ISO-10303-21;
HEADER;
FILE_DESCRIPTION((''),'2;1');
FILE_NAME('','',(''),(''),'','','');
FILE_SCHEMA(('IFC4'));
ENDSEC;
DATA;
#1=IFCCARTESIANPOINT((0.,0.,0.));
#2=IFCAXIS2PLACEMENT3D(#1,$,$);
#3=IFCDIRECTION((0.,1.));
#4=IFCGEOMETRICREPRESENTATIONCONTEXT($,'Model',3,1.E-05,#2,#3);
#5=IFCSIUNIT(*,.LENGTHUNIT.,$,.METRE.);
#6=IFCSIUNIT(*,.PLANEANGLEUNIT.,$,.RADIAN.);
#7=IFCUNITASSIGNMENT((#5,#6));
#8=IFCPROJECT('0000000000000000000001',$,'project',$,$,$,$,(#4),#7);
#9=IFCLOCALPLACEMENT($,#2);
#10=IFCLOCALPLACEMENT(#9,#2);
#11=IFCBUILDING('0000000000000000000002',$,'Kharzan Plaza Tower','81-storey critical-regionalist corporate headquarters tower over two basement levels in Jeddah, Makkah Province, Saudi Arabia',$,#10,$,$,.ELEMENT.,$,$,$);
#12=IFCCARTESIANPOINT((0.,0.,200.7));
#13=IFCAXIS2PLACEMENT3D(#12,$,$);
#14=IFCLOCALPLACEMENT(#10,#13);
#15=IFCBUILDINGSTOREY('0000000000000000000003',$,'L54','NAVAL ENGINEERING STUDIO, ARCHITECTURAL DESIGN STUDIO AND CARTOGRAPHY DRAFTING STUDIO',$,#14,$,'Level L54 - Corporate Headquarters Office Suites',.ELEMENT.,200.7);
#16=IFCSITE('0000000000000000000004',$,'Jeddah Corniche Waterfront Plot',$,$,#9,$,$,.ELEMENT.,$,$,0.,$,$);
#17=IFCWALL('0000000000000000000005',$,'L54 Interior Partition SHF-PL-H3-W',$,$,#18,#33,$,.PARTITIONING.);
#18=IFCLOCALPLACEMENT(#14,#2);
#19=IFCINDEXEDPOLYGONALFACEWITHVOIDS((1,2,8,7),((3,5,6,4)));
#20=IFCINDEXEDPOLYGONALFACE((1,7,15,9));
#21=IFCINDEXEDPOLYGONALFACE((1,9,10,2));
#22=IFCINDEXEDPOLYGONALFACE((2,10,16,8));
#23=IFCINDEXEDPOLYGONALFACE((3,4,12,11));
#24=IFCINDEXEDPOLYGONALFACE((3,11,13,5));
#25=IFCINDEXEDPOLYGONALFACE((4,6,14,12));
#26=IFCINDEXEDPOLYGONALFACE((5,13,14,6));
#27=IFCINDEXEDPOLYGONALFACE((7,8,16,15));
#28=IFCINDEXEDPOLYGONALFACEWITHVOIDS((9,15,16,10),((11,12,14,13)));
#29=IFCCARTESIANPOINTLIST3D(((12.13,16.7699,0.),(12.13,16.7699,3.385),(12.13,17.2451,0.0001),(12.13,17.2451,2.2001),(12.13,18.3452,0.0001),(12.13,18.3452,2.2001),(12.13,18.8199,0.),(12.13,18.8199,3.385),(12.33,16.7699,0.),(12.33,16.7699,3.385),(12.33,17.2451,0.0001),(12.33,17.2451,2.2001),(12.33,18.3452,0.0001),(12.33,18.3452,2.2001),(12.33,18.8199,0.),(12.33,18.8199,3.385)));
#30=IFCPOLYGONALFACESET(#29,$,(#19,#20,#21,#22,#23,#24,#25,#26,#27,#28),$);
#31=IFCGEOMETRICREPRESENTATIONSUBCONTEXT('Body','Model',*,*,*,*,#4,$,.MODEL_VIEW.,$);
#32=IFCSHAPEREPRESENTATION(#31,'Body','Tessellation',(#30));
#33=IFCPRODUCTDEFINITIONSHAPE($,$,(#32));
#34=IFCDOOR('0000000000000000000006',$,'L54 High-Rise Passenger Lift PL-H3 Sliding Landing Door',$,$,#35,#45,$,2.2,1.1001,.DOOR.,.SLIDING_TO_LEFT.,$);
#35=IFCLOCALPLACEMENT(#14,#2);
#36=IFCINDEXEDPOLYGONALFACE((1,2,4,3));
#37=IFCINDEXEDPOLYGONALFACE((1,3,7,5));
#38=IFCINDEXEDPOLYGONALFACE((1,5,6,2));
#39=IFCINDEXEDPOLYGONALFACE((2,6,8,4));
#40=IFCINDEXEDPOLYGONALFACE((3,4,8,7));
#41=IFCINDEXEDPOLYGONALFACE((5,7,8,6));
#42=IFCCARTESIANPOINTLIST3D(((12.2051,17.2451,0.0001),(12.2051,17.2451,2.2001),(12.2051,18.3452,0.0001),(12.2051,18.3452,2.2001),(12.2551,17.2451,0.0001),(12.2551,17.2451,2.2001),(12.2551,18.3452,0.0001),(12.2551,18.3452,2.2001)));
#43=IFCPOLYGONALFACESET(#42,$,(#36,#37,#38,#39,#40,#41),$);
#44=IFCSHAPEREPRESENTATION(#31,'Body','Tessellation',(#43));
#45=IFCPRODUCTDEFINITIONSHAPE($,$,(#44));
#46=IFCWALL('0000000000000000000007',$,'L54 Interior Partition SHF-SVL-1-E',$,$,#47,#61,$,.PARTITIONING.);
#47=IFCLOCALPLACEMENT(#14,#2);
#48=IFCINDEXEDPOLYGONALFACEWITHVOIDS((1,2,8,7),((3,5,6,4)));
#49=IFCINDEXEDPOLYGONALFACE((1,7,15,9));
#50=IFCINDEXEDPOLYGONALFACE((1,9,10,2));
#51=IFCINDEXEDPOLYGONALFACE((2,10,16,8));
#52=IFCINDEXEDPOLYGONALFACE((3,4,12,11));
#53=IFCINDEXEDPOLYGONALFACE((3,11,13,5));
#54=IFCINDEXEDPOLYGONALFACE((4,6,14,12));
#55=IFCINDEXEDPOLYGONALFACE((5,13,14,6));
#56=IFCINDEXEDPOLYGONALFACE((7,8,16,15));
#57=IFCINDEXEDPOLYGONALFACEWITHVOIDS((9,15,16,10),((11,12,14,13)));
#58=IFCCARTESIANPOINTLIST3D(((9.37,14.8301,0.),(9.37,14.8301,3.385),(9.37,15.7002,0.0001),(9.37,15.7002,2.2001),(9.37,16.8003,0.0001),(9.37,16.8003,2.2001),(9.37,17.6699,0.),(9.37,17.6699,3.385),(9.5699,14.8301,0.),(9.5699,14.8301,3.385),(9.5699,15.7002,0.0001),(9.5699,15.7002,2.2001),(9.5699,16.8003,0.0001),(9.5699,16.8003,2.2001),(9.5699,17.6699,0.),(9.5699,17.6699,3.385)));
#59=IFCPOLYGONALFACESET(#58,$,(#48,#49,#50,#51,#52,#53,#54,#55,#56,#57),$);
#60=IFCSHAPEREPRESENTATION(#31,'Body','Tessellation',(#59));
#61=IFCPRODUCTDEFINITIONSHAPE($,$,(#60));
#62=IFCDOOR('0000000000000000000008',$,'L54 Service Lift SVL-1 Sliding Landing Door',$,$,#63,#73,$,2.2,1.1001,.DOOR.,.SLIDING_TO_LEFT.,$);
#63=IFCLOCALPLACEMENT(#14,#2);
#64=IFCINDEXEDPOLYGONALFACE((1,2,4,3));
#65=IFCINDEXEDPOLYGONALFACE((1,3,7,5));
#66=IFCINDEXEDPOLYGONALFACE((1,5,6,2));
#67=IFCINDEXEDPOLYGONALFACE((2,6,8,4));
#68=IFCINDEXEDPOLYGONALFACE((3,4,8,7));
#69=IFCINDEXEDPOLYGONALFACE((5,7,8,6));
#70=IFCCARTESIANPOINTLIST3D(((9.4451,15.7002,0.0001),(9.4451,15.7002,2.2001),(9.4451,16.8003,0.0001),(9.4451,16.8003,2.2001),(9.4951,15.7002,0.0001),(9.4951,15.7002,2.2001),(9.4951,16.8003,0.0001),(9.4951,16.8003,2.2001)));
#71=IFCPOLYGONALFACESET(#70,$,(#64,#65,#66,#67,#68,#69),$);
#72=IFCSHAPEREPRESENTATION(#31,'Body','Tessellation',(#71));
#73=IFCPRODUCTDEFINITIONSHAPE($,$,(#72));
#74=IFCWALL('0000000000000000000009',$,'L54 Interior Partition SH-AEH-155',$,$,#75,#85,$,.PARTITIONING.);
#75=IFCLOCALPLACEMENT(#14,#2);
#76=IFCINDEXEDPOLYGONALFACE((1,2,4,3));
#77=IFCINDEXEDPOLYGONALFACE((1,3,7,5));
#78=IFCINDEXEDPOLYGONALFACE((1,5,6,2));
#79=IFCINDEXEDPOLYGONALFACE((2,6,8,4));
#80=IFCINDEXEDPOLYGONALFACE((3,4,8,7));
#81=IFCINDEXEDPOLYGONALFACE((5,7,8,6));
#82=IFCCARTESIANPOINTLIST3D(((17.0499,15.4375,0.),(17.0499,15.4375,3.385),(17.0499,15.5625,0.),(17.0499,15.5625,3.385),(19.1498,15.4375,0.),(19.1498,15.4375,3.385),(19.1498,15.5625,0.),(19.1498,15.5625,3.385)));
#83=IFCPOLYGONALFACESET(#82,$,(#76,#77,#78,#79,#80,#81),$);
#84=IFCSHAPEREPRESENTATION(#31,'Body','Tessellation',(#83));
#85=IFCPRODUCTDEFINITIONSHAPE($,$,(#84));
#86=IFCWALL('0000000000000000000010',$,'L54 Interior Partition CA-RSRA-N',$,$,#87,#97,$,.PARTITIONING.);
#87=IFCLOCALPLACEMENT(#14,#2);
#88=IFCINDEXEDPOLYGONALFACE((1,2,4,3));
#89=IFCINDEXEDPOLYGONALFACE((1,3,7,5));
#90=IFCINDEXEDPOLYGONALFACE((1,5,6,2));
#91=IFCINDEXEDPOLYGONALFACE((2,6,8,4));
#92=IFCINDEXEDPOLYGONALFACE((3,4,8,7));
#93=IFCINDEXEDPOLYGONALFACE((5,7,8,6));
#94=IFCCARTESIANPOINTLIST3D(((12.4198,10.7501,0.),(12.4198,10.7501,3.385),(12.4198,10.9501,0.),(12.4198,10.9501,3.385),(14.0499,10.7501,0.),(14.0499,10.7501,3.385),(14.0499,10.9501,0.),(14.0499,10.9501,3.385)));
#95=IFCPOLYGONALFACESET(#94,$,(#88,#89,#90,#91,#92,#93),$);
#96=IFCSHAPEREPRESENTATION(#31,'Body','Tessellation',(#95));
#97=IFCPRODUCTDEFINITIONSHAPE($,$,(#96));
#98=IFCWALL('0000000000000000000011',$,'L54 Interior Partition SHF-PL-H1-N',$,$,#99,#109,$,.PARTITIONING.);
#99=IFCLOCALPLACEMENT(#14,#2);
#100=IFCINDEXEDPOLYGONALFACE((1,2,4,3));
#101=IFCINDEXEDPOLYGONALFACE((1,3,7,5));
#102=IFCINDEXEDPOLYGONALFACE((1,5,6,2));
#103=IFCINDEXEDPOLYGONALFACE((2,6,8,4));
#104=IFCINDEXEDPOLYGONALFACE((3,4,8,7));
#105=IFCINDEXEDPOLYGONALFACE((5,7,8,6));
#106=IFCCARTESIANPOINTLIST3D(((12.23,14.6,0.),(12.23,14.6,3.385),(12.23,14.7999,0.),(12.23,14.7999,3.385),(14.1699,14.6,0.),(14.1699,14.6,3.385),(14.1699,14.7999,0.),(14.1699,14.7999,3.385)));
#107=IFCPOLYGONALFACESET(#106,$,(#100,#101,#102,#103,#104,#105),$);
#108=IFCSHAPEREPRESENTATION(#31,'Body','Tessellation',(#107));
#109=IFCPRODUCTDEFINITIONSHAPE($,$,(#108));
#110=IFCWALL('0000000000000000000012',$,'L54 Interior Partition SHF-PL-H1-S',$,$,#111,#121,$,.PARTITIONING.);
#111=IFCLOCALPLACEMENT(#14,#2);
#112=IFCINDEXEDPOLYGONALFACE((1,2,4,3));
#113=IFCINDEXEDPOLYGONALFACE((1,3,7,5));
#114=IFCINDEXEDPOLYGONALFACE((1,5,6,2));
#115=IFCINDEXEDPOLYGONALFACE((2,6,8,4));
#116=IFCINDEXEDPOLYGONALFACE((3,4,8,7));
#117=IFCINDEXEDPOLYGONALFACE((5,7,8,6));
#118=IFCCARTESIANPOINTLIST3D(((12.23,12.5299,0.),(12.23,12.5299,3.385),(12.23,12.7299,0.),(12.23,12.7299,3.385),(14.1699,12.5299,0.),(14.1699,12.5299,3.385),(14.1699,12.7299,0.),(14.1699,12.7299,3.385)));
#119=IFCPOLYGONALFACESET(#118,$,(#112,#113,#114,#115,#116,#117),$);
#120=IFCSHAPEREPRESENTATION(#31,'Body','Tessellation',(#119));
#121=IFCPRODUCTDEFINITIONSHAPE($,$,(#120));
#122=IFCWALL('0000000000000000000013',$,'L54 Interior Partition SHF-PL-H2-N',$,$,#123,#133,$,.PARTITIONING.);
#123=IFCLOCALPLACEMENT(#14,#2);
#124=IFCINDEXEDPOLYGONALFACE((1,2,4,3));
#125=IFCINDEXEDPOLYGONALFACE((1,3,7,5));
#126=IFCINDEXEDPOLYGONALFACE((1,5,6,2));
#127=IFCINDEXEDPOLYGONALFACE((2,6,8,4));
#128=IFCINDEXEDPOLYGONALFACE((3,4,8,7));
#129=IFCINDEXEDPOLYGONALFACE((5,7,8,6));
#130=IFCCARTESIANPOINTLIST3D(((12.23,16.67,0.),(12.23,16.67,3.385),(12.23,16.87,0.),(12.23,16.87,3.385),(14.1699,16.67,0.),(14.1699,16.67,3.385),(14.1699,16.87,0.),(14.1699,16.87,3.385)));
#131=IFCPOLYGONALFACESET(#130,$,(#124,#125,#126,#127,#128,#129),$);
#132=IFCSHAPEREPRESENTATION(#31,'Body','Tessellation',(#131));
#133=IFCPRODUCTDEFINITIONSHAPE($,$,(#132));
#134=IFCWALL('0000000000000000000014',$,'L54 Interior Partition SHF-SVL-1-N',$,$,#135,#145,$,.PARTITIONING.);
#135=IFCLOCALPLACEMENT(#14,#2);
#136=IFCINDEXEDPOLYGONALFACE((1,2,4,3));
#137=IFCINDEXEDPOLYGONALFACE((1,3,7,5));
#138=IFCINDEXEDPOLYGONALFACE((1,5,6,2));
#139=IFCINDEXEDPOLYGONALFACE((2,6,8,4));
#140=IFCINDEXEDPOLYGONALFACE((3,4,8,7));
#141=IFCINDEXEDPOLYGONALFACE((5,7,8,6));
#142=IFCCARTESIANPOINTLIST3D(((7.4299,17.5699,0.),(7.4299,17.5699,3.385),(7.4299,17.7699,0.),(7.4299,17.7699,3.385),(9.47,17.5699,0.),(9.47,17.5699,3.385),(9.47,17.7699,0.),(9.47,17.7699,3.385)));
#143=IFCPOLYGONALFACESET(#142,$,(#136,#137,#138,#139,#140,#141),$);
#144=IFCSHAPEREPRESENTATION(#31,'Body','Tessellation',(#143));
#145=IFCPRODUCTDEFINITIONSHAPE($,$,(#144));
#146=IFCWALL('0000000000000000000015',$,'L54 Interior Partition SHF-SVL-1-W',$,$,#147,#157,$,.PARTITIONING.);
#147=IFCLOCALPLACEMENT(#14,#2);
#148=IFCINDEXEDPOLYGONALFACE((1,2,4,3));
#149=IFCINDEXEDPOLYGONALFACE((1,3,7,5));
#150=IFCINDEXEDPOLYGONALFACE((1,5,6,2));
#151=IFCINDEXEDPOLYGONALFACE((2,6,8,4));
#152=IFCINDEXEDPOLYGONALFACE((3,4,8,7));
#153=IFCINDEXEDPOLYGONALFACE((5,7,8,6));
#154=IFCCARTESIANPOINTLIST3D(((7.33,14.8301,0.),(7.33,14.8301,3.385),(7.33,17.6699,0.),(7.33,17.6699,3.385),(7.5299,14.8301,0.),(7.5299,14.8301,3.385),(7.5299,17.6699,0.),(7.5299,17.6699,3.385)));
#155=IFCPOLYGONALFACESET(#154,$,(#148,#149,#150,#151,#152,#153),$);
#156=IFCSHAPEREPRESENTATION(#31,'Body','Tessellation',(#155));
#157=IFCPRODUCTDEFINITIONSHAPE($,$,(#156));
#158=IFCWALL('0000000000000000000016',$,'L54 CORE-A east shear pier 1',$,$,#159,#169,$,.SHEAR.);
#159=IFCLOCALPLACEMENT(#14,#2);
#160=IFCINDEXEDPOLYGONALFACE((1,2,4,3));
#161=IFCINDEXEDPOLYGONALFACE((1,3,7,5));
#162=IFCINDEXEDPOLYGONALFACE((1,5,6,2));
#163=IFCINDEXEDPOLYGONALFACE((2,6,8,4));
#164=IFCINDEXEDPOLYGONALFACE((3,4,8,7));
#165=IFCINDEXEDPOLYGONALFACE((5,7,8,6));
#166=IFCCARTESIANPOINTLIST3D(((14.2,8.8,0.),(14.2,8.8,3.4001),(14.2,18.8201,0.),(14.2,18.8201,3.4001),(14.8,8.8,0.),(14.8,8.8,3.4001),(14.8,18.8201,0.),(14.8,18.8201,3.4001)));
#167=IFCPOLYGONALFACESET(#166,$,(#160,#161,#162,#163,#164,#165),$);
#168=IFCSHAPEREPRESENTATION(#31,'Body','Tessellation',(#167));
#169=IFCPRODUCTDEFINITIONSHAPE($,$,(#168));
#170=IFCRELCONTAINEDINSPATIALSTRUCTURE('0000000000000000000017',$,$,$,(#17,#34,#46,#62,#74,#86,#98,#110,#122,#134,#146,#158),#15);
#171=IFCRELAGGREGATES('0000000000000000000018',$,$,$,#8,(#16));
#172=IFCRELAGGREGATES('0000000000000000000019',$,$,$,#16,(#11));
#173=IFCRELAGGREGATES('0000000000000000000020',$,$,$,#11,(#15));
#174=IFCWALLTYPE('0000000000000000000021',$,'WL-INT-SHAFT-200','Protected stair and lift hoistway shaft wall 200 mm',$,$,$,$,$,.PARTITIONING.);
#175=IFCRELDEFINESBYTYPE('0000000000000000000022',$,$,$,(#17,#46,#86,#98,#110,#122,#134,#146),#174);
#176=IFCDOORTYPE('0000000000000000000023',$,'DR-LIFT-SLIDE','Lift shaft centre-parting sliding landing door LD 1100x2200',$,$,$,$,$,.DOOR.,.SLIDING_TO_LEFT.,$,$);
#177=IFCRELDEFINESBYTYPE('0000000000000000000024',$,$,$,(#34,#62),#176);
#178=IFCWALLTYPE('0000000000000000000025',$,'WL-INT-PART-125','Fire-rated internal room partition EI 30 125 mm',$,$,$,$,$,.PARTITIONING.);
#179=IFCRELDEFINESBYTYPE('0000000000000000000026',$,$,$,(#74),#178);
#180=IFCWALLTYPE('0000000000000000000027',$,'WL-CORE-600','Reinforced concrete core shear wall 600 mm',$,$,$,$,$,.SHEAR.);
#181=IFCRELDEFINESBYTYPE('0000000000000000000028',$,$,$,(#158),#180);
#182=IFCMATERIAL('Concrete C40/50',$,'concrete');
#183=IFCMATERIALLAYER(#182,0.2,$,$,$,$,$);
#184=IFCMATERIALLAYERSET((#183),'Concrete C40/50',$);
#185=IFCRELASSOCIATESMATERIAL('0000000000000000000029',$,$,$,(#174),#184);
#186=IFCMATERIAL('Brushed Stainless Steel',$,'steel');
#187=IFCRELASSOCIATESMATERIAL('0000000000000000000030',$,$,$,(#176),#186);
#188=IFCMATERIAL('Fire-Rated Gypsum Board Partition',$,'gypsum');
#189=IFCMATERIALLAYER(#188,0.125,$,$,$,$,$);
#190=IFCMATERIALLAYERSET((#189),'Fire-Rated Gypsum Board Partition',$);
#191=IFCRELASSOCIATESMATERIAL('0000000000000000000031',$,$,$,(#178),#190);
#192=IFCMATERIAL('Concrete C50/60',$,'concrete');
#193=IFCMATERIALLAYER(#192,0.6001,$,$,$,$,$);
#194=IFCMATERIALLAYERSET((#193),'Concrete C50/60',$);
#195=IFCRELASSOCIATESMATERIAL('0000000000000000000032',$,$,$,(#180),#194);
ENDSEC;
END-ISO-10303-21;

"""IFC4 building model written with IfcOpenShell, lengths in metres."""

from ifc_helpers import new_model, si_unit, direction, frame, frame_2d, origin, place, context, subcontext, project, spatial, rectangle, extrude, source, transform, mapped, material, layer, layer_set, type_object, element, fill, save


model = new_model("IFC4")

# Units and contexts
model_context = context("Model", 3, precision=1e-05, world=origin(), true_north=direction((0.0, 1.0)))
body_context = subcontext(model_context, "Body", "Model", "MODEL_VIEW")
ifc_project = project(units=[si_unit("LENGTHUNIT", "METRE"), si_unit("PLANEANGLEUNIT", "RADIAN")], contexts=[model_context])

# Site, building, storey
site_placement = place(None, origin())
site = spatial("IfcSite", under=ifc_project, at=site_placement, Name="Jeddah Corniche Waterfront Plot", CompositionType="ELEMENT", RefElevation=0.0)
building_placement = place(site_placement, origin())
building = spatial("IfcBuilding", under=site, at=building_placement, Name="Kharzan Plaza Tower", Description="81-storey critical-regionalist corporate headquarters tower over two basement levels in Jeddah, Makkah Province, Saudi Arabia", CompositionType="ELEMENT")
storey_placement = place(building_placement, frame((0.0, 0.0, 200.7)))
storey = spatial("IfcBuildingStorey", under=building, at=storey_placement, Name="L54", Description="NAVAL ENGINEERING STUDIO, ARCHITECTURAL DESIGN STUDIO AND CARTOGRAPHY DRAFTING STUDIO", LongName="Level L54 - Corporate Headquarters Office Suites", CompositionType="ELEMENT", Elevation=200.7)

# Walls, openings, doors
ifc_material_1 = material(Name="Concrete C40/50", Category="concrete")
ifc_layer_1 = layer(ifc_material_1, 0.2)
ifc_layer_set_1 = layer_set([ifc_layer_1], Name="Concrete C40/50")
wall_type_1 = type_object("IfcWallType", Name="WL-INT-SHAFT-200", Description="Protected stair and lift hoistway shaft wall 200 mm", PredefinedType="PARTITIONING", material=ifc_layer_set_1)
ifc_material_2 = material(Name="Brushed Stainless Steel", Category="steel")
door_type = type_object("IfcDoorType", Name="DR-LIFT-SLIDE", Description="Lift shaft centre-parting sliding landing door LD 1100x2200", OperationType="SLIDING_TO_LEFT", PredefinedType="DOOR", material=ifc_material_2)
shared_shape_1 = source(origin(), body_context, "Body", "SweptSolid", [
    extrude(rectangle(XDim=1.1001, YDim=2.2, at=frame_2d((0.55, 1.1001))), frame((0.0, 0.0249, 0.0), z_axis=(0.0, -1.0, 0.0), x_axis=(1.0, 0.0, 0.0)), (0.0, 0.0, 1.0), 0.05),
])
wall_1_placement = place(storey_placement, frame((12.23, 16.77, 0.0), z_axis=(0.0, 0.0, 1.0), x_axis=(0.0, 1.0, 0.0)))
wall_1 = element("IfcWall", 1, at=wall_1_placement, inside=storey, type_object=wall_type_1, Name="L54 Interior Partition SHF-PL-H3-W", PredefinedType="PARTITIONING", context=body_context, shape_type="SweptSolid", body=[
    extrude(rectangle(XDim=2.05, YDim=0.2, at=frame_2d((1.0249, 0.0))), origin(), (0.0, 0.0, 1.0), 3.385),
])
opening_1_placement = place(wall_1_placement, frame((0.4751, 0.0, 0.0)))
opening_1 = element("IfcOpeningElement", 2, at=opening_1_placement, cuts=wall_1, PredefinedType="OPENING", context=body_context, shape_type="SweptSolid", body=[
    extrude(rectangle(XDim=1.1001, YDim=2.2, at=frame_2d((0.55, 1.1001))), frame((0.0, 0.1099, 0.0), z_axis=(0.0, -1.0, 0.0), x_axis=(1.0, 0.0, 0.0)), (0.0, 0.0, 1.0), 0.22),
])
door_1_placement = place(opening_1_placement, origin())
door_1 = element("IfcDoor", 3, at=door_1_placement, inside=storey, type_object=door_type, Name="L54 High-Rise Passenger Lift PL-H3 Sliding Landing Door", OperationType="SLIDING_TO_LEFT", OverallHeight=2.2, OverallWidth=1.1001, PredefinedType="DOOR", context=body_context, shape_type="MappedRepresentation", body=[
    mapped(shared_shape_1, transform((0.0, 0.0, 0.0), x_axis=(1.0, 0.0, 0.0), y_axis=(0.0, 1.0, 0.0), z_axis=(0.0, 0.0, 1.0))),
])
fill(opening_1, door_1)
wall_2_placement = place(storey_placement, frame((9.47, 14.8301, 0.0), z_axis=(0.0, 0.0, 1.0), x_axis=(0.0, 1.0, 0.0)))
wall_2 = element("IfcWall", 4, at=wall_2_placement, inside=storey, type_object=wall_type_1, Name="L54 Interior Partition SHF-SVL-1-E", PredefinedType="PARTITIONING", context=body_context, shape_type="SweptSolid", body=[
    extrude(rectangle(XDim=2.8398, YDim=0.2, at=frame_2d((1.4199, 0.0))), origin(), (0.0, 0.0, 1.0), 3.385),
])
opening_2_placement = place(wall_2_placement, frame((0.8701, 0.0, 0.0)))
opening_2 = element("IfcOpeningElement", 5, at=opening_2_placement, cuts=wall_2, PredefinedType="OPENING", context=body_context, shape_type="SweptSolid", body=[
    extrude(rectangle(XDim=1.1001, YDim=2.2, at=frame_2d((0.55, 1.1001))), frame((0.0, 0.1099, 0.0), z_axis=(0.0, -1.0, 0.0), x_axis=(1.0, 0.0, 0.0)), (0.0, 0.0, 1.0), 0.22),
])
door_2_placement = place(opening_2_placement, origin())
door_2 = element("IfcDoor", 6, at=door_2_placement, inside=storey, type_object=door_type, Name="L54 Service Lift SVL-1 Sliding Landing Door", OperationType="SLIDING_TO_LEFT", OverallHeight=2.2, OverallWidth=1.1001, PredefinedType="DOOR", context=body_context, shape_type="MappedRepresentation", body=[
    mapped(shared_shape_1, transform((0.0, 0.0, 0.0), x_axis=(1.0, 0.0, 0.0), y_axis=(0.0, 1.0, 0.0), z_axis=(0.0, 0.0, 1.0))),
])
fill(opening_2, door_2)

# Walls
ifc_material_3 = material(Name="Fire-Rated Gypsum Board Partition", Category="gypsum")
ifc_layer_2 = layer(ifc_material_3, 0.125)
ifc_layer_set_2 = layer_set([ifc_layer_2], Name="Fire-Rated Gypsum Board Partition")
wall_type_2 = type_object("IfcWallType", Name="WL-INT-PART-125", Description="Fire-rated internal room partition EI 30 125 mm", PredefinedType="PARTITIONING", material=ifc_layer_set_2)
shared_shape_2 = source(origin(), body_context, "Body", "SweptSolid", [
    extrude(rectangle(XDim=2.0999, YDim=0.125, at=frame_2d((1.0498, 0.0))), origin(), (0.0, 0.0, 1.0), 3.385),
])
wall_3_placement = place(storey_placement, frame((17.05, 15.5, 0.0), z_axis=(0.0, 0.0, 1.0), x_axis=(1.0, 0.0, 0.0)))
element("IfcWall", 7, at=wall_3_placement, inside=storey, type_object=wall_type_2, Name="L54 Interior Partition SH-AEH-155", PredefinedType="PARTITIONING", context=body_context, shape_type="MappedRepresentation", body=[
    mapped(shared_shape_2, transform((0.0, 0.0, 0.0), x_axis=(1.0, 0.0, 0.0), y_axis=(0.0, 1.0, 0.0), z_axis=(0.0, 0.0, 1.0))),
])
shared_shape_3 = source(origin(), body_context, "Body", "SweptSolid", [
    extrude(rectangle(XDim=1.6301, YDim=0.2, at=frame_2d((0.8149, 0.0))), origin(), (0.0, 0.0, 1.0), 3.385),
])
wall_4_placement = place(storey_placement, frame((12.4199, 10.8501, 0.0), z_axis=(0.0, 0.0, 1.0), x_axis=(1.0, 0.0, 0.0)))
element("IfcWall", 8, at=wall_4_placement, inside=storey, type_object=wall_type_1, Name="L54 Interior Partition CA-RSRA-N", PredefinedType="PARTITIONING", context=body_context, shape_type="MappedRepresentation", body=[
    mapped(shared_shape_3, transform((0.0, 0.0, 0.0), x_axis=(1.0, 0.0, 0.0), y_axis=(0.0, 1.0, 0.0), z_axis=(0.0, 0.0, 1.0))),
])
shared_shape_4 = source(origin(), body_context, "Body", "SweptSolid", [
    extrude(rectangle(XDim=1.9399, YDim=0.2, at=frame_2d((0.97, 0.0))), origin(), (0.0, 0.0, 1.0), 3.385),
])
for number, where, z_axis, x_axis, name in (
    (9, (12.23, 14.7, 0.0), (0.0, 0.0, 1.0), (1.0, 0.0, 0.0), "L54 Interior Partition SHF-PL-H1-N"),
    (10, (12.23, 12.6299, 0.0), (0.0, 0.0, 1.0), (1.0, 0.0, 0.0), "L54 Interior Partition SHF-PL-H1-S"),
    (11, (12.23, 16.77, 0.0), (0.0, 0.0, 1.0), (1.0, 0.0, 0.0), "L54 Interior Partition SHF-PL-H2-N"),
):
    element("IfcWall", number, at=place(storey_placement, frame(where, z_axis=z_axis, x_axis=x_axis)), inside=storey, type_object=wall_type_1, Name=name, PredefinedType="PARTITIONING", context=body_context, shape_type="MappedRepresentation", body=[
        mapped(shared_shape_4, transform((0.0, 0.0, 0.0), x_axis=(1.0, 0.0, 0.0), y_axis=(0.0, 1.0, 0.0), z_axis=(0.0, 0.0, 1.0))),
    ])
shared_shape_5 = source(origin(), body_context, "Body", "SweptSolid", [
    extrude(rectangle(XDim=2.04, YDim=0.2, at=frame_2d((1.02, 0.0))), origin(), (0.0, 0.0, 1.0), 3.385),
])
wall_5_placement = place(storey_placement, frame((7.4299, 17.6699, 0.0), z_axis=(0.0, 0.0, 1.0), x_axis=(1.0, 0.0, 0.0)))
element("IfcWall", 12, at=wall_5_placement, inside=storey, type_object=wall_type_1, Name="L54 Interior Partition SHF-SVL-1-N", PredefinedType="PARTITIONING", context=body_context, shape_type="MappedRepresentation", body=[
    mapped(shared_shape_5, transform((0.0, 0.0, 0.0), x_axis=(1.0, 0.0, 0.0), y_axis=(0.0, 1.0, 0.0), z_axis=(0.0, 0.0, 1.0))),
])
shared_shape_6 = source(origin(), body_context, "Body", "SweptSolid", [
    extrude(rectangle(XDim=2.8398, YDim=0.2, at=frame_2d((1.4199, 0.0))), origin(), (0.0, 0.0, 1.0), 3.385),
])
wall_6_placement = place(storey_placement, frame((7.4299, 14.8301, 0.0), z_axis=(0.0, 0.0, 1.0), x_axis=(0.0, 1.0, 0.0)))
element("IfcWall", 13, at=wall_6_placement, inside=storey, type_object=wall_type_1, Name="L54 Interior Partition SHF-SVL-1-W", PredefinedType="PARTITIONING", context=body_context, shape_type="MappedRepresentation", body=[
    mapped(shared_shape_6, transform((0.0, 0.0, 0.0), x_axis=(1.0, 0.0, 0.0), y_axis=(0.0, 1.0, 0.0), z_axis=(0.0, 0.0, 1.0))),
])
ifc_material_4 = material(Name="Concrete C50/60", Category="concrete")
ifc_layer_3 = layer(ifc_material_4, 0.6001)
ifc_layer_set_3 = layer_set([ifc_layer_3], Name="Concrete C50/60")
wall_type_3 = type_object("IfcWallType", Name="WL-CORE-600", Description="Reinforced concrete core shear wall 600 mm", PredefinedType="SHEAR", material=ifc_layer_set_3)
shared_shape_7 = source(origin(), body_context, "Body", "SweptSolid", [
    extrude(rectangle(XDim=10.02, YDim=0.6001, at=frame_2d((5.01, 0.0))), origin(), (0.0, 0.0, 1.0), 3.4001),
])
wall_7_placement = place(storey_placement, frame((14.5, 8.8, 0.0), z_axis=(0.0, 0.0, 1.0), x_axis=(0.0, 1.0, 0.0)))
element("IfcWall", 14, at=wall_7_placement, inside=storey, type_object=wall_type_3, Name="L54 CORE-A east shear pier 1", PredefinedType="SHEAR", context=body_context, shape_type="MappedRepresentation", body=[
    mapped(shared_shape_7, transform((0.0, 0.0, 0.0), x_axis=(1.0, 0.0, 0.0), y_axis=(0.0, 1.0, 0.0), z_axis=(0.0, 0.0, 1.0))),
])

save(model, "model.ifc")
